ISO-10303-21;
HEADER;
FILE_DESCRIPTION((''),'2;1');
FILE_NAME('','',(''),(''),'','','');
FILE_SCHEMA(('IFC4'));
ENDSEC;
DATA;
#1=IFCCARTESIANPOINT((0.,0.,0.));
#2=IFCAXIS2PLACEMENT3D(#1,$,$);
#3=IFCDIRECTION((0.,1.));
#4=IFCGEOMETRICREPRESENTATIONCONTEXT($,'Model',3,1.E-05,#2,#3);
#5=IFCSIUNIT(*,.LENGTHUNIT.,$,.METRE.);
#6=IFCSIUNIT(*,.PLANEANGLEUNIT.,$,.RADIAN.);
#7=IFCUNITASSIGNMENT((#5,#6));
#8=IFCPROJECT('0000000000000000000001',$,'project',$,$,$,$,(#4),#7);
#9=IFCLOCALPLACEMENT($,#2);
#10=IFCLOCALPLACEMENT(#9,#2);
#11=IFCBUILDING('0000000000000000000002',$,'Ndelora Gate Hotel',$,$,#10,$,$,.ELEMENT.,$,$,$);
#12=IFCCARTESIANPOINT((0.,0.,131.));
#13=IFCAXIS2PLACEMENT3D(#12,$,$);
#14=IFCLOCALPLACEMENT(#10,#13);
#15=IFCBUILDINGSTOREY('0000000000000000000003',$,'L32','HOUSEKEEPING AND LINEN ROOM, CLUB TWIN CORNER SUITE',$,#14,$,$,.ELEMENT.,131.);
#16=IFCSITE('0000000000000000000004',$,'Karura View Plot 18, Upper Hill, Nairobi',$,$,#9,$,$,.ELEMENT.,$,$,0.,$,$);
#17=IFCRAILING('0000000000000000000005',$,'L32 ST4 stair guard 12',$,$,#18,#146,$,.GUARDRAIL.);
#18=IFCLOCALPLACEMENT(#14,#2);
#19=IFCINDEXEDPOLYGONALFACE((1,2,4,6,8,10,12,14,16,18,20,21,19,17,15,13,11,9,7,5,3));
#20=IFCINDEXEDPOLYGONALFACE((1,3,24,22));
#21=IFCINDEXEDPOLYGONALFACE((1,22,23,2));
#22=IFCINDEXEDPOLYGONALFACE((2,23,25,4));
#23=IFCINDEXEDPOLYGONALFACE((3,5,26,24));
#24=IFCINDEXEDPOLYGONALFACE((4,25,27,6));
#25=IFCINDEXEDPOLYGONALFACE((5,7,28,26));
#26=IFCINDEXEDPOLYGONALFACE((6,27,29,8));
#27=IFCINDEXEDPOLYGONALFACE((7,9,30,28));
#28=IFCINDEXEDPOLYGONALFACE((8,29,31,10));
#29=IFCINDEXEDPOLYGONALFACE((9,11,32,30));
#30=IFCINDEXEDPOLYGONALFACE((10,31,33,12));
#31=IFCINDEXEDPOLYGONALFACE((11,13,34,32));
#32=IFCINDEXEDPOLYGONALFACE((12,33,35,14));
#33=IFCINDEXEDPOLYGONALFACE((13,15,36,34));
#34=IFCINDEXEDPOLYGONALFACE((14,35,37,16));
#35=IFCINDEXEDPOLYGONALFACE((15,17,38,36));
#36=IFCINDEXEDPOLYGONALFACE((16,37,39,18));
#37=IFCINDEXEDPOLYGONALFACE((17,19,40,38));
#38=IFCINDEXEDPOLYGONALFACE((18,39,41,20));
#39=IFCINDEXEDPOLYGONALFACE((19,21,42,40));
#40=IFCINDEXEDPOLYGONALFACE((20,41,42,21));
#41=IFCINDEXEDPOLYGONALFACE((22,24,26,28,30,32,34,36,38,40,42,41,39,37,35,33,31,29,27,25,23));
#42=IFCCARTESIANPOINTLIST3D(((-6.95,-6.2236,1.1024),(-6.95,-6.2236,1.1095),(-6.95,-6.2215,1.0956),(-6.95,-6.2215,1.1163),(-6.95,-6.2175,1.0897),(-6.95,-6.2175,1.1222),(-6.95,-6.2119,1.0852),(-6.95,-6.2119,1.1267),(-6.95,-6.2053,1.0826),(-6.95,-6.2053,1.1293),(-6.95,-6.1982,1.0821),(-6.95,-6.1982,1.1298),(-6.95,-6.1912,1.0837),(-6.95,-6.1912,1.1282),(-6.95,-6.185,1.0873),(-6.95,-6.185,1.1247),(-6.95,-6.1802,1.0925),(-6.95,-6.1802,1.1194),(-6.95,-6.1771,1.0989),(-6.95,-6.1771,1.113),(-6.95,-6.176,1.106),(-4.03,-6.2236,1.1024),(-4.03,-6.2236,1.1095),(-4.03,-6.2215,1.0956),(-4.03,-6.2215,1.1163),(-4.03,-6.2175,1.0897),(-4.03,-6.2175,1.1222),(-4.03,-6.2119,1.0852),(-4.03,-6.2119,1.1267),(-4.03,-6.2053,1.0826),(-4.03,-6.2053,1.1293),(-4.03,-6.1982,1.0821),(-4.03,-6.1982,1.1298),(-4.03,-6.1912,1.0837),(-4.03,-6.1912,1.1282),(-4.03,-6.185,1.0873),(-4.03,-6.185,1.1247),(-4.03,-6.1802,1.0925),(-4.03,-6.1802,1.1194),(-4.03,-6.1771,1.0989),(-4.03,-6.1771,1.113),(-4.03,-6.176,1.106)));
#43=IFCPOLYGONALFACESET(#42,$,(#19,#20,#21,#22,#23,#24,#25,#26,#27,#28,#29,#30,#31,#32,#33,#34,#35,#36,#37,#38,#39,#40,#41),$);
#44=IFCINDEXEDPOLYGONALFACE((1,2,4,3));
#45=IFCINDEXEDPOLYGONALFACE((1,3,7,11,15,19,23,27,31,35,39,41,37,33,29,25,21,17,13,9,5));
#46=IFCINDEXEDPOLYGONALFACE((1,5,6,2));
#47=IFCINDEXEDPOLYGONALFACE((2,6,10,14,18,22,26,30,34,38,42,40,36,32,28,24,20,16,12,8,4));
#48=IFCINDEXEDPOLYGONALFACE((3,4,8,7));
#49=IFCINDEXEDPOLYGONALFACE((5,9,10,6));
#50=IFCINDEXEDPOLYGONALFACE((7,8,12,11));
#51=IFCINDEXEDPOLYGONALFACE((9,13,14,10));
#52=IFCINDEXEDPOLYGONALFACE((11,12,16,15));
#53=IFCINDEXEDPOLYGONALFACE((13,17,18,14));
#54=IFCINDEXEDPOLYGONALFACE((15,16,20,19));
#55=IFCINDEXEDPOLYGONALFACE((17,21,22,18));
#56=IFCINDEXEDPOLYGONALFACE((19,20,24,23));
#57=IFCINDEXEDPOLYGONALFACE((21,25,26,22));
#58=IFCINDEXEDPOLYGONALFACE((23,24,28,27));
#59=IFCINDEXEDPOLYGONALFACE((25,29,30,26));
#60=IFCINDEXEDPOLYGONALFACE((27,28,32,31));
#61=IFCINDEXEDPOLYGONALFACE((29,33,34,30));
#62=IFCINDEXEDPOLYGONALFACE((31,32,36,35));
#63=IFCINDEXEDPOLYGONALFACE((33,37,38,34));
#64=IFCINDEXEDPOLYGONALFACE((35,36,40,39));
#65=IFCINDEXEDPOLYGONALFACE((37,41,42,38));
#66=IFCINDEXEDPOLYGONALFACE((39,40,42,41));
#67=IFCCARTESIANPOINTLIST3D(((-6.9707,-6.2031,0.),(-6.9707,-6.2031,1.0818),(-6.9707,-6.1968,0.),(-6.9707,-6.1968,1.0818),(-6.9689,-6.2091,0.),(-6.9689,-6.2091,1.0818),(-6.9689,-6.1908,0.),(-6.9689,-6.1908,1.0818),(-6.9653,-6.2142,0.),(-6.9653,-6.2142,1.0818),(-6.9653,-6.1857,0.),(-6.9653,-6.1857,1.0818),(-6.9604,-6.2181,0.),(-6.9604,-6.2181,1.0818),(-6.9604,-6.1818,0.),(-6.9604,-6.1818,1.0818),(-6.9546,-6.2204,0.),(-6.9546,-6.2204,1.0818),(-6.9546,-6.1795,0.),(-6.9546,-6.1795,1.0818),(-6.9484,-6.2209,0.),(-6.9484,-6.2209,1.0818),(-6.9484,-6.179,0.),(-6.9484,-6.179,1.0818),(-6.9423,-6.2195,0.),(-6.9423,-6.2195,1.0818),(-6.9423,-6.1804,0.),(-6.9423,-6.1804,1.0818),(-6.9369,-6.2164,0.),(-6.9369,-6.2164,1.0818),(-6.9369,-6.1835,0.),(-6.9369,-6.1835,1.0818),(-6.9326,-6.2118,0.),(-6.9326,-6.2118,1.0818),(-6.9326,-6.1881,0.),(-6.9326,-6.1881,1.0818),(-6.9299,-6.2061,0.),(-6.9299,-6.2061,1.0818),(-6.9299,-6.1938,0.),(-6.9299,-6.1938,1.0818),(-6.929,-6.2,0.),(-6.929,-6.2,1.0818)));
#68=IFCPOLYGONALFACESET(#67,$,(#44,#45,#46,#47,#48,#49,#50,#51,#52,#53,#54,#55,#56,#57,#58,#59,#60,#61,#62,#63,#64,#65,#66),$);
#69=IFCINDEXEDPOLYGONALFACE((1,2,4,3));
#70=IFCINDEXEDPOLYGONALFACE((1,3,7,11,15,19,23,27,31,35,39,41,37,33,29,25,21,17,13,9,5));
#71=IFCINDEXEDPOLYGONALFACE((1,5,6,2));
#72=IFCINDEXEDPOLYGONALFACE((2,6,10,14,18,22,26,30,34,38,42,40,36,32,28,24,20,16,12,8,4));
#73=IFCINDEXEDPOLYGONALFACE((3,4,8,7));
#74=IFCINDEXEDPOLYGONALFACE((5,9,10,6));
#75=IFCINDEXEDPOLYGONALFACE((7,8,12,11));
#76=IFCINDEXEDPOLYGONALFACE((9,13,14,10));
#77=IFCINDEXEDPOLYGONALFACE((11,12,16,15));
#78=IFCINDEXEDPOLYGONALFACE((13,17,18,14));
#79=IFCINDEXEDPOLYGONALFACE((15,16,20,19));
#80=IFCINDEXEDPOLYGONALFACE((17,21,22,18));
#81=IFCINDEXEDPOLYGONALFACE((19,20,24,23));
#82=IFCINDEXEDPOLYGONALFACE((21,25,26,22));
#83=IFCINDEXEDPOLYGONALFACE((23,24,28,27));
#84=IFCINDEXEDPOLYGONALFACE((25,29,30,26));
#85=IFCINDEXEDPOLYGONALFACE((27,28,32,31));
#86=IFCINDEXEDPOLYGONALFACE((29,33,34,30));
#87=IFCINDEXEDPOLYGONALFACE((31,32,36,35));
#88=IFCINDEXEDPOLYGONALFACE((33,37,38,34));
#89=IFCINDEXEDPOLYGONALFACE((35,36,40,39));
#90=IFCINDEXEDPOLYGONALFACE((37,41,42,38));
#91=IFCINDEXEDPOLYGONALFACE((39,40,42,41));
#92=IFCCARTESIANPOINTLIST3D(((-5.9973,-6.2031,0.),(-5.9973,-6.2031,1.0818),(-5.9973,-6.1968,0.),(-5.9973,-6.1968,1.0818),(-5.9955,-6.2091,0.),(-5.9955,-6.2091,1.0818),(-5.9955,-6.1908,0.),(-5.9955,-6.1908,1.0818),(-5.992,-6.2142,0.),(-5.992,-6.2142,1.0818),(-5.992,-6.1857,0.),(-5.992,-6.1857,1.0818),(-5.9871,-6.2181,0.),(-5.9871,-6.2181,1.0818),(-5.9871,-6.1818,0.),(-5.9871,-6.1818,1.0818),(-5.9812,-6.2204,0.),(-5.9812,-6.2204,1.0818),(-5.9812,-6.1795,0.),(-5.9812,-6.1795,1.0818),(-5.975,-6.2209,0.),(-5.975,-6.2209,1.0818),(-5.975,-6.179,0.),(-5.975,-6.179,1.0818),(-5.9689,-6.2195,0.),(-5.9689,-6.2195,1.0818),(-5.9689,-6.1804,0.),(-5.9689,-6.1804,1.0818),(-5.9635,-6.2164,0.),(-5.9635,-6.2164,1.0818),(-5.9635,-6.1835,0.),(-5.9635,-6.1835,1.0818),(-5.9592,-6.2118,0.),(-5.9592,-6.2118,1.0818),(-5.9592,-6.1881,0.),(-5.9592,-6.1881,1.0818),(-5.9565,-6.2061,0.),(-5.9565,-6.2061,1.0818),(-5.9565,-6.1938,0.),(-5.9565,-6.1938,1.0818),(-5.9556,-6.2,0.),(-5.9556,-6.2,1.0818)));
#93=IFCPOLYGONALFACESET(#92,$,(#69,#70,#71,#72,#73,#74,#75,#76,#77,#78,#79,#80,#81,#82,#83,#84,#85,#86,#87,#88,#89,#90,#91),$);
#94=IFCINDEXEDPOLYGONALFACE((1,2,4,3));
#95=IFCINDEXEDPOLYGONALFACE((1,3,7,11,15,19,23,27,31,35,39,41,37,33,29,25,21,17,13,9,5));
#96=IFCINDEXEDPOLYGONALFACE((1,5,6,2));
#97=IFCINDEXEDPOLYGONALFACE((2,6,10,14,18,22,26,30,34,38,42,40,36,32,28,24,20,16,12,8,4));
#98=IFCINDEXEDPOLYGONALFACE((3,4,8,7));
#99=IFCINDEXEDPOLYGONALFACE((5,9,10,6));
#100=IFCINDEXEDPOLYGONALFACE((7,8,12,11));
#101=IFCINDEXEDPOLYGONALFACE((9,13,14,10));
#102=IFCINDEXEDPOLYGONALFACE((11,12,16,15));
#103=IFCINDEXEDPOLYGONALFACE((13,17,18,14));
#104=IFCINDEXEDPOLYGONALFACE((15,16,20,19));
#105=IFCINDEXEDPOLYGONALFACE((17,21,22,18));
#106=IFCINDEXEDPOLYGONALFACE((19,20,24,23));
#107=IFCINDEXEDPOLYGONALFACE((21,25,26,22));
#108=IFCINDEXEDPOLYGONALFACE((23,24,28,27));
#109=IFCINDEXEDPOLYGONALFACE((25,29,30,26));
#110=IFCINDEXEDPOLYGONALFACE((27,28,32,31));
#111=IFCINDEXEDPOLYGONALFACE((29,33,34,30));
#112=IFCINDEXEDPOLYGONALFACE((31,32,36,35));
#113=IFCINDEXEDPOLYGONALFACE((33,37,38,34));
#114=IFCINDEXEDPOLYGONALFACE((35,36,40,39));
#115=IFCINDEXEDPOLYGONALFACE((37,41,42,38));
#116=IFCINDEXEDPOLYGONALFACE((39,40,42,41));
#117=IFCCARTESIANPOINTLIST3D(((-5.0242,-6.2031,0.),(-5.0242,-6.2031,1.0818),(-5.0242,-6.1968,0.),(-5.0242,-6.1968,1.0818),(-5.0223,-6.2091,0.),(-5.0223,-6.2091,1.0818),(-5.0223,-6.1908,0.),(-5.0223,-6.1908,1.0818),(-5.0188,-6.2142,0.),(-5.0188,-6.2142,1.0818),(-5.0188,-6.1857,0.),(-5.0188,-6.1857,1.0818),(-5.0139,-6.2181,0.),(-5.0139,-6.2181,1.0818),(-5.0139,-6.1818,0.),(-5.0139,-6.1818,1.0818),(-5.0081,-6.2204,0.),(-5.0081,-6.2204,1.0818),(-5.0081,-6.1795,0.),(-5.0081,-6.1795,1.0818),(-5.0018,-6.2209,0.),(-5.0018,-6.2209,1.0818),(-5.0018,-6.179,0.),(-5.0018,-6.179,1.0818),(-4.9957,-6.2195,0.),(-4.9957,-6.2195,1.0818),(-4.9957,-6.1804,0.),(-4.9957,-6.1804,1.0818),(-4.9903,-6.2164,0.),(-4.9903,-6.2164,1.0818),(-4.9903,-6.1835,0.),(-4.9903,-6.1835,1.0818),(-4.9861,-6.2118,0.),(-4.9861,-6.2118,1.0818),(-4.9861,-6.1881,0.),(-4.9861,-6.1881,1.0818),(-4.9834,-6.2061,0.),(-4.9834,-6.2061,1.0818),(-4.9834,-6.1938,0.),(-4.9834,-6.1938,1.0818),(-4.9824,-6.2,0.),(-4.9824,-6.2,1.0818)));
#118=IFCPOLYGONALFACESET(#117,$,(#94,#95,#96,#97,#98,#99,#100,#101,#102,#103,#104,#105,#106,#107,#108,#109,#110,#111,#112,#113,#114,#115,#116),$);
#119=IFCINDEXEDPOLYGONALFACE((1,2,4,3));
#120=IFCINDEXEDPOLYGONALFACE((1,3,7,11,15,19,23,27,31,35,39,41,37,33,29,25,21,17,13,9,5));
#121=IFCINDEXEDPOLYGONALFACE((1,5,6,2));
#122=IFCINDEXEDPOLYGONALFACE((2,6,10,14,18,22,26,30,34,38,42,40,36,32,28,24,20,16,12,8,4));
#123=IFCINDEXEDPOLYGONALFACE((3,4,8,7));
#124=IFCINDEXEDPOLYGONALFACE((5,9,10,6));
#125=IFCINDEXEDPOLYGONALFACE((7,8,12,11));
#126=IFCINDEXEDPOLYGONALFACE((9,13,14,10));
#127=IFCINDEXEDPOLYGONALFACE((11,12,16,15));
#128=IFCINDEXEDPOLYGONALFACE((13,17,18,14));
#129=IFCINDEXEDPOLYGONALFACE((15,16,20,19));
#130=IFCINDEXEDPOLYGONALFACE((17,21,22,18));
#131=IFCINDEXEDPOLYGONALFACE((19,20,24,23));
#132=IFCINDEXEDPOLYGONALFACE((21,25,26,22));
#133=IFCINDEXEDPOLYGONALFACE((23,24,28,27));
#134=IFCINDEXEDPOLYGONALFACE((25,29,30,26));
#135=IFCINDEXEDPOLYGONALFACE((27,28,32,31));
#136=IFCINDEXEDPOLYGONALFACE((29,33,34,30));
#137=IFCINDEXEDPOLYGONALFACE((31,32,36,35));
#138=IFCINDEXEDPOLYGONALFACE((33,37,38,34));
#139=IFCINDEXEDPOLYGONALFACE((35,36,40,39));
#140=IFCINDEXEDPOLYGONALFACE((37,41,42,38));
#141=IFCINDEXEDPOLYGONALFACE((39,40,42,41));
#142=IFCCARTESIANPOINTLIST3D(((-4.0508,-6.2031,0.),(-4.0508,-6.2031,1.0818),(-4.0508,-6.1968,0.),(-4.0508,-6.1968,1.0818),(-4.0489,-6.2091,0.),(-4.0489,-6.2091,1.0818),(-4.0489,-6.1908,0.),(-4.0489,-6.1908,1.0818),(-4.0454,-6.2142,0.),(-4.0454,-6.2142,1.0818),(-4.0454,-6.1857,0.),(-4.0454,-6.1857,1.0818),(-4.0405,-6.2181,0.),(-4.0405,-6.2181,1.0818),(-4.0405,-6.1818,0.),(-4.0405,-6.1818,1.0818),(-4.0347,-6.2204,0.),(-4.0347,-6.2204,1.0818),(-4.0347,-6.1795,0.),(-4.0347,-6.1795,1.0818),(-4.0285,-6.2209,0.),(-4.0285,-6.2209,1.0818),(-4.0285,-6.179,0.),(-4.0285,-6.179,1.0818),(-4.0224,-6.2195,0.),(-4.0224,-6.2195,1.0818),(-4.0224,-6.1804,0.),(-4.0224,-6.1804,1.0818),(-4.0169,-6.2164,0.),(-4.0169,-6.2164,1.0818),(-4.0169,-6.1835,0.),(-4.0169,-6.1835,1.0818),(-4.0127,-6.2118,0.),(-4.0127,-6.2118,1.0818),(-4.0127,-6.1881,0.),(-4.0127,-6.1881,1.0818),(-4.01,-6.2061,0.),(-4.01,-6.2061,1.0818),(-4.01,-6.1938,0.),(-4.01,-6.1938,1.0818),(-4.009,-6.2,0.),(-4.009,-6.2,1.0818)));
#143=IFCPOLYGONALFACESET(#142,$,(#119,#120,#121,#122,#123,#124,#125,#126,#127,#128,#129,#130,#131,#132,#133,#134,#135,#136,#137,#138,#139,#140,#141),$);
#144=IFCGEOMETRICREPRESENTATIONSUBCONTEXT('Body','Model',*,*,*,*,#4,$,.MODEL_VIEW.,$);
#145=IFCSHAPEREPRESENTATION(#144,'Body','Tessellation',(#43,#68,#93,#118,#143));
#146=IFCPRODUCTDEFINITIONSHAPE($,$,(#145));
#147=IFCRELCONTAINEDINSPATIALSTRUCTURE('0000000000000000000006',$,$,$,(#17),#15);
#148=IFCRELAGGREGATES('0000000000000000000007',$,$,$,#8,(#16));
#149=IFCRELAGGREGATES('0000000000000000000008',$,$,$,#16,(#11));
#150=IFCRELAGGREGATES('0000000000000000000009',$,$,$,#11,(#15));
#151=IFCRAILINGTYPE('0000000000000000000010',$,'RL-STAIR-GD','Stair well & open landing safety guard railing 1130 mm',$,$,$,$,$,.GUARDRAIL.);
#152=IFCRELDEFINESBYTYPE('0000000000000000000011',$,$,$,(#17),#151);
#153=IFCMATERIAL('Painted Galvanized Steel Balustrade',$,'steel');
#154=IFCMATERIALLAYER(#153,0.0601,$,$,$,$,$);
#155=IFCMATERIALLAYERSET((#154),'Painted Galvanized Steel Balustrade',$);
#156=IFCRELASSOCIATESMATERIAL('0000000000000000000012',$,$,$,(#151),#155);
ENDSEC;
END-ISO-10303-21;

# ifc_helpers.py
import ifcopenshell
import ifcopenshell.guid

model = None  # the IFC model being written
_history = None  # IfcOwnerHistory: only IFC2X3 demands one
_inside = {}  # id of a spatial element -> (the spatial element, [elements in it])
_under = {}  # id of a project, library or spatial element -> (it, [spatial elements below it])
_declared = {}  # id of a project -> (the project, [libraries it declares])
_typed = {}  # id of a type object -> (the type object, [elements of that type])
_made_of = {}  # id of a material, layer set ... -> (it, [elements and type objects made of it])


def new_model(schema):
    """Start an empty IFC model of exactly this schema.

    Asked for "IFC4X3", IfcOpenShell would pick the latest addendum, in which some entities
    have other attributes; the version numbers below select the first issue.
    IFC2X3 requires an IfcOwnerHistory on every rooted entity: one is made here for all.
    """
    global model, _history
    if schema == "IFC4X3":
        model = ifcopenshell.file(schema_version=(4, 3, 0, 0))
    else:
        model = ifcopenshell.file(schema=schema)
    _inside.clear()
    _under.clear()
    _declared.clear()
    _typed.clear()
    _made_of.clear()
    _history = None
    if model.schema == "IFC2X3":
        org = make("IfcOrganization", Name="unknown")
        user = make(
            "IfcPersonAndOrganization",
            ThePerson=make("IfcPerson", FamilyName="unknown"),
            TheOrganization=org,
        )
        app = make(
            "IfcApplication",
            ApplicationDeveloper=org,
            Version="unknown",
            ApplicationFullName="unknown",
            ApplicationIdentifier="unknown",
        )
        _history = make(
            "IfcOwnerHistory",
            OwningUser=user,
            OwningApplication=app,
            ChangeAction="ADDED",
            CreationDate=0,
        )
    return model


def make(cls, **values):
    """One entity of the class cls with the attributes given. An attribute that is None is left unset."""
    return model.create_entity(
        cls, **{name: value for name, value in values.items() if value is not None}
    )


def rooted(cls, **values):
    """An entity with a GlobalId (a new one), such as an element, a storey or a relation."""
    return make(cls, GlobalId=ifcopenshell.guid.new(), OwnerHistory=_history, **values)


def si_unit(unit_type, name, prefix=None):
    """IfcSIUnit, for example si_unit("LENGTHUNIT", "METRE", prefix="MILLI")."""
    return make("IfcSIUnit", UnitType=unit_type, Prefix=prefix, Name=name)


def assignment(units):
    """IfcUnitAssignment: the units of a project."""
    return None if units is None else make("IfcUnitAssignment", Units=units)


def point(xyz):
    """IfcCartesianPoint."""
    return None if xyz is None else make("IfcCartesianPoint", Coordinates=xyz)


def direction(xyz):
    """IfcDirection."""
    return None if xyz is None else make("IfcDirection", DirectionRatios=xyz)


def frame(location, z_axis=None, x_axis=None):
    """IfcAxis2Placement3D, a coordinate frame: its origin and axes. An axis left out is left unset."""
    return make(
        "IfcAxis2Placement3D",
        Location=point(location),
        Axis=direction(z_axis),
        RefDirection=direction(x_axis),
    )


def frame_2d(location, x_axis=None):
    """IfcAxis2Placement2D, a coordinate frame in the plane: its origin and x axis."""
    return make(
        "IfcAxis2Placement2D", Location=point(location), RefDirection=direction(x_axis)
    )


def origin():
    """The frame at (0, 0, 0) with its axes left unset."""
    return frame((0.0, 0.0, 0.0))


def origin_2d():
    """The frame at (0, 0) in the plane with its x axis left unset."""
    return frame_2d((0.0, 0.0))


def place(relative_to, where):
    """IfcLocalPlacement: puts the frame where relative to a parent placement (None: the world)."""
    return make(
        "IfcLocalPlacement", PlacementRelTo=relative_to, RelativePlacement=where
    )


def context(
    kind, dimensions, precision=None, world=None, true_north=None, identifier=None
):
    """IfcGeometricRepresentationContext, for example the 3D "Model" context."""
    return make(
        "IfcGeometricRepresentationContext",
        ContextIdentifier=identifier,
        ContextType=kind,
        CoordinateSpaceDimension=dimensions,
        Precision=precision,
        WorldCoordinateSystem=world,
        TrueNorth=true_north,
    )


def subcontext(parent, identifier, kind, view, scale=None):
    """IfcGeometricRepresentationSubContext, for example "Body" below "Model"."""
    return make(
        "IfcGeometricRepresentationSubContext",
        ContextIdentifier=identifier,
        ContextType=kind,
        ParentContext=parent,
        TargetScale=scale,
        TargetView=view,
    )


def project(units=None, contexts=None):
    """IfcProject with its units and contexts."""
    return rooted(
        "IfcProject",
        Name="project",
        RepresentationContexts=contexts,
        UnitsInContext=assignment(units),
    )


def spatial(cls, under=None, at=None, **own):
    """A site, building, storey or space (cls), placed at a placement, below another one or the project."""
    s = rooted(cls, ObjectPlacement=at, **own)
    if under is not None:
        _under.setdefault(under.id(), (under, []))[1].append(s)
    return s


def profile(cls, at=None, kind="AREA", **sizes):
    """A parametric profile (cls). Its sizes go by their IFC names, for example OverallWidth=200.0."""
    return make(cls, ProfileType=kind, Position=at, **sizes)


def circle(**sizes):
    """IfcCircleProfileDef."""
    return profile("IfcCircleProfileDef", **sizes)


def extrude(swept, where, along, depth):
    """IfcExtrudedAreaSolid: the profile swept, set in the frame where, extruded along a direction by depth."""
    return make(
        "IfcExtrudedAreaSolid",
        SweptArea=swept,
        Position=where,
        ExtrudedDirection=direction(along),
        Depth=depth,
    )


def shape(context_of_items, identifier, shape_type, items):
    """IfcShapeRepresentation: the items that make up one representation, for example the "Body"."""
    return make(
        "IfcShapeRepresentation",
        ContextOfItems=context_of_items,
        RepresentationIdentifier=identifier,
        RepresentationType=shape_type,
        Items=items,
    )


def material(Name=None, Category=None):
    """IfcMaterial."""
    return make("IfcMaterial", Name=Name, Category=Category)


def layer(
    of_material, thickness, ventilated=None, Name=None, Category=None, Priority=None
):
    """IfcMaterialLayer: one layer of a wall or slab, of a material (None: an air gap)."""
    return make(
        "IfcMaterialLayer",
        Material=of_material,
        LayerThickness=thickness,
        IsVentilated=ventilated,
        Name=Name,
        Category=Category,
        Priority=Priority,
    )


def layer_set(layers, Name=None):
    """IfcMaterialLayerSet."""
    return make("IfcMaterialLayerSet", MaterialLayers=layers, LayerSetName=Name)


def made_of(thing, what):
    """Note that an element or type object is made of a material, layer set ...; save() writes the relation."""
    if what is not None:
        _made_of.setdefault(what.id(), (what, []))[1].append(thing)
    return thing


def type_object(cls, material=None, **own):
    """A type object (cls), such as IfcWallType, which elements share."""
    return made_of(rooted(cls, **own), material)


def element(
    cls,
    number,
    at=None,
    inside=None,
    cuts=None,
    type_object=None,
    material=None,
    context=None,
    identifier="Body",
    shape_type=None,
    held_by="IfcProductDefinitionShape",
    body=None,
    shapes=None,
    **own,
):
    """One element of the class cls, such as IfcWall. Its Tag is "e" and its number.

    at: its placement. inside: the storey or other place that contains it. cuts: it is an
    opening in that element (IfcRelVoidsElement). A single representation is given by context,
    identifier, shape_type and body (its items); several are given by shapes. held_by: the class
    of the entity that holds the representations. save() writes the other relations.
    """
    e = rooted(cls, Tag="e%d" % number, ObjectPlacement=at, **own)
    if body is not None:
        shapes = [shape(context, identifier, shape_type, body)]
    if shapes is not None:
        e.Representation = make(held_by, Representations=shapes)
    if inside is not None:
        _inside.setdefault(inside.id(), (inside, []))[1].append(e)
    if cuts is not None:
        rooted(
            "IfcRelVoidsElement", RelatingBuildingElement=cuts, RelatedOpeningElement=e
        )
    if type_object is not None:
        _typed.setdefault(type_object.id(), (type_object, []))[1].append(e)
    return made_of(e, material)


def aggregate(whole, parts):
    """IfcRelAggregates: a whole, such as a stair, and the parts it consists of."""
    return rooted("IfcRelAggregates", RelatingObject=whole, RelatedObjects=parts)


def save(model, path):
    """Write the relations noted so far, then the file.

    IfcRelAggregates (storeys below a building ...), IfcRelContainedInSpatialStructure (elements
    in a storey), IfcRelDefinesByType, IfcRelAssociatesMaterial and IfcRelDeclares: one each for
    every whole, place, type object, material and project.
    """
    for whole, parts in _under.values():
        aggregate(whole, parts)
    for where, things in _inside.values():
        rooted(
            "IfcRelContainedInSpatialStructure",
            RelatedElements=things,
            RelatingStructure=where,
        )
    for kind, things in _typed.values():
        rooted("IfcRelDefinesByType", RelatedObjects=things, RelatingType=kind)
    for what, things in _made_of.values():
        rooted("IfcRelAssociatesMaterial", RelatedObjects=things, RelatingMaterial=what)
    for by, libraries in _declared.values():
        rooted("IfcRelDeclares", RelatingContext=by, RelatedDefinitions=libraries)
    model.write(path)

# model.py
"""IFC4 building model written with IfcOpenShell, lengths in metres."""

from ifc_helpers import new_model, si_unit, direction, frame, origin, origin_2d, place, context, subcontext, project, spatial, circle, extrude, material, layer, layer_set, type_object, element, save


model = new_model("IFC4")

# Units and contexts
model_context = context("Model", 3, precision=1e-05, world=origin(), true_north=direction((0.0, 1.0)))
body_context = subcontext(model_context, "Body", "Model", "MODEL_VIEW")
ifc_project = project(units=[si_unit("LENGTHUNIT", "METRE"), si_unit("PLANEANGLEUNIT", "RADIAN")], contexts=[model_context])

# Site, building, storey
site_placement = place(None, origin())
site = spatial("IfcSite", under=ifc_project, at=site_placement, Name="Karura View Plot 18, Upper Hill, Nairobi", CompositionType="ELEMENT", RefElevation=0.0)
building_placement = place(site_placement, origin())
building = spatial("IfcBuilding", under=site, at=building_placement, Name="Ndelora Gate Hotel", CompositionType="ELEMENT")
storey_placement = place(building_placement, frame((0.0, 0.0, 131.0)))
storey = spatial("IfcBuildingStorey", under=building, at=storey_placement, Name="L32", Description="HOUSEKEEPING AND LINEN ROOM, CLUB TWIN CORNER SUITE", CompositionType="ELEMENT", Elevation=131.0)

# Railing
ifc_material_1 = material(Name="Painted Galvanized Steel Balustrade", Category="steel")
ifc_layer_1 = layer(ifc_material_1, 0.0601)
ifc_layer_set_1 = layer_set([ifc_layer_1], Name="Painted Galvanized Steel Balustrade")
railing_type = type_object("IfcRailingType", Name="RL-STAIR-GD", Description="Stair well & open landing safety guard railing 1130 mm", PredefinedType="GUARDRAIL", material=ifc_layer_set_1)
railing_1_placement = place(storey_placement, frame((-6.95, -6.2, 0.0)))
element("IfcRailing", 1, at=railing_1_placement, inside=storey, type_object=railing_type, Name="L32 ST4 stair guard 12", PredefinedType="GUARDRAIL", context=body_context, shape_type="SweptSolid", body=[
    extrude(circle(Radius=0.0239, at=origin_2d()), frame((0.0, 0.0, 1.106), z_axis=(1.0, 0.0, 0.0), x_axis=(0.0, 1.0, 0.0)), (0.0, 0.0, 1.0), 2.9199),
    extrude(circle(Radius=0.021, at=origin_2d()), origin(), (0.0, 0.0, 1.0), 1.0818),
    extrude(circle(Radius=0.021, at=origin_2d()), frame((0.9734, 0.0, 0.0)), (0.0, 0.0, 1.0), 1.0818),
    extrude(circle(Radius=0.021, at=origin_2d()), frame((1.9465, 0.0, 0.0)), (0.0, 0.0, 1.0), 1.0818),
    extrude(circle(Radius=0.021, at=origin_2d()), frame((2.9199, 0.0, 0.0)), (0.0, 0.0, 1.0), 1.0818),
])

save(model, "model.ifc")
